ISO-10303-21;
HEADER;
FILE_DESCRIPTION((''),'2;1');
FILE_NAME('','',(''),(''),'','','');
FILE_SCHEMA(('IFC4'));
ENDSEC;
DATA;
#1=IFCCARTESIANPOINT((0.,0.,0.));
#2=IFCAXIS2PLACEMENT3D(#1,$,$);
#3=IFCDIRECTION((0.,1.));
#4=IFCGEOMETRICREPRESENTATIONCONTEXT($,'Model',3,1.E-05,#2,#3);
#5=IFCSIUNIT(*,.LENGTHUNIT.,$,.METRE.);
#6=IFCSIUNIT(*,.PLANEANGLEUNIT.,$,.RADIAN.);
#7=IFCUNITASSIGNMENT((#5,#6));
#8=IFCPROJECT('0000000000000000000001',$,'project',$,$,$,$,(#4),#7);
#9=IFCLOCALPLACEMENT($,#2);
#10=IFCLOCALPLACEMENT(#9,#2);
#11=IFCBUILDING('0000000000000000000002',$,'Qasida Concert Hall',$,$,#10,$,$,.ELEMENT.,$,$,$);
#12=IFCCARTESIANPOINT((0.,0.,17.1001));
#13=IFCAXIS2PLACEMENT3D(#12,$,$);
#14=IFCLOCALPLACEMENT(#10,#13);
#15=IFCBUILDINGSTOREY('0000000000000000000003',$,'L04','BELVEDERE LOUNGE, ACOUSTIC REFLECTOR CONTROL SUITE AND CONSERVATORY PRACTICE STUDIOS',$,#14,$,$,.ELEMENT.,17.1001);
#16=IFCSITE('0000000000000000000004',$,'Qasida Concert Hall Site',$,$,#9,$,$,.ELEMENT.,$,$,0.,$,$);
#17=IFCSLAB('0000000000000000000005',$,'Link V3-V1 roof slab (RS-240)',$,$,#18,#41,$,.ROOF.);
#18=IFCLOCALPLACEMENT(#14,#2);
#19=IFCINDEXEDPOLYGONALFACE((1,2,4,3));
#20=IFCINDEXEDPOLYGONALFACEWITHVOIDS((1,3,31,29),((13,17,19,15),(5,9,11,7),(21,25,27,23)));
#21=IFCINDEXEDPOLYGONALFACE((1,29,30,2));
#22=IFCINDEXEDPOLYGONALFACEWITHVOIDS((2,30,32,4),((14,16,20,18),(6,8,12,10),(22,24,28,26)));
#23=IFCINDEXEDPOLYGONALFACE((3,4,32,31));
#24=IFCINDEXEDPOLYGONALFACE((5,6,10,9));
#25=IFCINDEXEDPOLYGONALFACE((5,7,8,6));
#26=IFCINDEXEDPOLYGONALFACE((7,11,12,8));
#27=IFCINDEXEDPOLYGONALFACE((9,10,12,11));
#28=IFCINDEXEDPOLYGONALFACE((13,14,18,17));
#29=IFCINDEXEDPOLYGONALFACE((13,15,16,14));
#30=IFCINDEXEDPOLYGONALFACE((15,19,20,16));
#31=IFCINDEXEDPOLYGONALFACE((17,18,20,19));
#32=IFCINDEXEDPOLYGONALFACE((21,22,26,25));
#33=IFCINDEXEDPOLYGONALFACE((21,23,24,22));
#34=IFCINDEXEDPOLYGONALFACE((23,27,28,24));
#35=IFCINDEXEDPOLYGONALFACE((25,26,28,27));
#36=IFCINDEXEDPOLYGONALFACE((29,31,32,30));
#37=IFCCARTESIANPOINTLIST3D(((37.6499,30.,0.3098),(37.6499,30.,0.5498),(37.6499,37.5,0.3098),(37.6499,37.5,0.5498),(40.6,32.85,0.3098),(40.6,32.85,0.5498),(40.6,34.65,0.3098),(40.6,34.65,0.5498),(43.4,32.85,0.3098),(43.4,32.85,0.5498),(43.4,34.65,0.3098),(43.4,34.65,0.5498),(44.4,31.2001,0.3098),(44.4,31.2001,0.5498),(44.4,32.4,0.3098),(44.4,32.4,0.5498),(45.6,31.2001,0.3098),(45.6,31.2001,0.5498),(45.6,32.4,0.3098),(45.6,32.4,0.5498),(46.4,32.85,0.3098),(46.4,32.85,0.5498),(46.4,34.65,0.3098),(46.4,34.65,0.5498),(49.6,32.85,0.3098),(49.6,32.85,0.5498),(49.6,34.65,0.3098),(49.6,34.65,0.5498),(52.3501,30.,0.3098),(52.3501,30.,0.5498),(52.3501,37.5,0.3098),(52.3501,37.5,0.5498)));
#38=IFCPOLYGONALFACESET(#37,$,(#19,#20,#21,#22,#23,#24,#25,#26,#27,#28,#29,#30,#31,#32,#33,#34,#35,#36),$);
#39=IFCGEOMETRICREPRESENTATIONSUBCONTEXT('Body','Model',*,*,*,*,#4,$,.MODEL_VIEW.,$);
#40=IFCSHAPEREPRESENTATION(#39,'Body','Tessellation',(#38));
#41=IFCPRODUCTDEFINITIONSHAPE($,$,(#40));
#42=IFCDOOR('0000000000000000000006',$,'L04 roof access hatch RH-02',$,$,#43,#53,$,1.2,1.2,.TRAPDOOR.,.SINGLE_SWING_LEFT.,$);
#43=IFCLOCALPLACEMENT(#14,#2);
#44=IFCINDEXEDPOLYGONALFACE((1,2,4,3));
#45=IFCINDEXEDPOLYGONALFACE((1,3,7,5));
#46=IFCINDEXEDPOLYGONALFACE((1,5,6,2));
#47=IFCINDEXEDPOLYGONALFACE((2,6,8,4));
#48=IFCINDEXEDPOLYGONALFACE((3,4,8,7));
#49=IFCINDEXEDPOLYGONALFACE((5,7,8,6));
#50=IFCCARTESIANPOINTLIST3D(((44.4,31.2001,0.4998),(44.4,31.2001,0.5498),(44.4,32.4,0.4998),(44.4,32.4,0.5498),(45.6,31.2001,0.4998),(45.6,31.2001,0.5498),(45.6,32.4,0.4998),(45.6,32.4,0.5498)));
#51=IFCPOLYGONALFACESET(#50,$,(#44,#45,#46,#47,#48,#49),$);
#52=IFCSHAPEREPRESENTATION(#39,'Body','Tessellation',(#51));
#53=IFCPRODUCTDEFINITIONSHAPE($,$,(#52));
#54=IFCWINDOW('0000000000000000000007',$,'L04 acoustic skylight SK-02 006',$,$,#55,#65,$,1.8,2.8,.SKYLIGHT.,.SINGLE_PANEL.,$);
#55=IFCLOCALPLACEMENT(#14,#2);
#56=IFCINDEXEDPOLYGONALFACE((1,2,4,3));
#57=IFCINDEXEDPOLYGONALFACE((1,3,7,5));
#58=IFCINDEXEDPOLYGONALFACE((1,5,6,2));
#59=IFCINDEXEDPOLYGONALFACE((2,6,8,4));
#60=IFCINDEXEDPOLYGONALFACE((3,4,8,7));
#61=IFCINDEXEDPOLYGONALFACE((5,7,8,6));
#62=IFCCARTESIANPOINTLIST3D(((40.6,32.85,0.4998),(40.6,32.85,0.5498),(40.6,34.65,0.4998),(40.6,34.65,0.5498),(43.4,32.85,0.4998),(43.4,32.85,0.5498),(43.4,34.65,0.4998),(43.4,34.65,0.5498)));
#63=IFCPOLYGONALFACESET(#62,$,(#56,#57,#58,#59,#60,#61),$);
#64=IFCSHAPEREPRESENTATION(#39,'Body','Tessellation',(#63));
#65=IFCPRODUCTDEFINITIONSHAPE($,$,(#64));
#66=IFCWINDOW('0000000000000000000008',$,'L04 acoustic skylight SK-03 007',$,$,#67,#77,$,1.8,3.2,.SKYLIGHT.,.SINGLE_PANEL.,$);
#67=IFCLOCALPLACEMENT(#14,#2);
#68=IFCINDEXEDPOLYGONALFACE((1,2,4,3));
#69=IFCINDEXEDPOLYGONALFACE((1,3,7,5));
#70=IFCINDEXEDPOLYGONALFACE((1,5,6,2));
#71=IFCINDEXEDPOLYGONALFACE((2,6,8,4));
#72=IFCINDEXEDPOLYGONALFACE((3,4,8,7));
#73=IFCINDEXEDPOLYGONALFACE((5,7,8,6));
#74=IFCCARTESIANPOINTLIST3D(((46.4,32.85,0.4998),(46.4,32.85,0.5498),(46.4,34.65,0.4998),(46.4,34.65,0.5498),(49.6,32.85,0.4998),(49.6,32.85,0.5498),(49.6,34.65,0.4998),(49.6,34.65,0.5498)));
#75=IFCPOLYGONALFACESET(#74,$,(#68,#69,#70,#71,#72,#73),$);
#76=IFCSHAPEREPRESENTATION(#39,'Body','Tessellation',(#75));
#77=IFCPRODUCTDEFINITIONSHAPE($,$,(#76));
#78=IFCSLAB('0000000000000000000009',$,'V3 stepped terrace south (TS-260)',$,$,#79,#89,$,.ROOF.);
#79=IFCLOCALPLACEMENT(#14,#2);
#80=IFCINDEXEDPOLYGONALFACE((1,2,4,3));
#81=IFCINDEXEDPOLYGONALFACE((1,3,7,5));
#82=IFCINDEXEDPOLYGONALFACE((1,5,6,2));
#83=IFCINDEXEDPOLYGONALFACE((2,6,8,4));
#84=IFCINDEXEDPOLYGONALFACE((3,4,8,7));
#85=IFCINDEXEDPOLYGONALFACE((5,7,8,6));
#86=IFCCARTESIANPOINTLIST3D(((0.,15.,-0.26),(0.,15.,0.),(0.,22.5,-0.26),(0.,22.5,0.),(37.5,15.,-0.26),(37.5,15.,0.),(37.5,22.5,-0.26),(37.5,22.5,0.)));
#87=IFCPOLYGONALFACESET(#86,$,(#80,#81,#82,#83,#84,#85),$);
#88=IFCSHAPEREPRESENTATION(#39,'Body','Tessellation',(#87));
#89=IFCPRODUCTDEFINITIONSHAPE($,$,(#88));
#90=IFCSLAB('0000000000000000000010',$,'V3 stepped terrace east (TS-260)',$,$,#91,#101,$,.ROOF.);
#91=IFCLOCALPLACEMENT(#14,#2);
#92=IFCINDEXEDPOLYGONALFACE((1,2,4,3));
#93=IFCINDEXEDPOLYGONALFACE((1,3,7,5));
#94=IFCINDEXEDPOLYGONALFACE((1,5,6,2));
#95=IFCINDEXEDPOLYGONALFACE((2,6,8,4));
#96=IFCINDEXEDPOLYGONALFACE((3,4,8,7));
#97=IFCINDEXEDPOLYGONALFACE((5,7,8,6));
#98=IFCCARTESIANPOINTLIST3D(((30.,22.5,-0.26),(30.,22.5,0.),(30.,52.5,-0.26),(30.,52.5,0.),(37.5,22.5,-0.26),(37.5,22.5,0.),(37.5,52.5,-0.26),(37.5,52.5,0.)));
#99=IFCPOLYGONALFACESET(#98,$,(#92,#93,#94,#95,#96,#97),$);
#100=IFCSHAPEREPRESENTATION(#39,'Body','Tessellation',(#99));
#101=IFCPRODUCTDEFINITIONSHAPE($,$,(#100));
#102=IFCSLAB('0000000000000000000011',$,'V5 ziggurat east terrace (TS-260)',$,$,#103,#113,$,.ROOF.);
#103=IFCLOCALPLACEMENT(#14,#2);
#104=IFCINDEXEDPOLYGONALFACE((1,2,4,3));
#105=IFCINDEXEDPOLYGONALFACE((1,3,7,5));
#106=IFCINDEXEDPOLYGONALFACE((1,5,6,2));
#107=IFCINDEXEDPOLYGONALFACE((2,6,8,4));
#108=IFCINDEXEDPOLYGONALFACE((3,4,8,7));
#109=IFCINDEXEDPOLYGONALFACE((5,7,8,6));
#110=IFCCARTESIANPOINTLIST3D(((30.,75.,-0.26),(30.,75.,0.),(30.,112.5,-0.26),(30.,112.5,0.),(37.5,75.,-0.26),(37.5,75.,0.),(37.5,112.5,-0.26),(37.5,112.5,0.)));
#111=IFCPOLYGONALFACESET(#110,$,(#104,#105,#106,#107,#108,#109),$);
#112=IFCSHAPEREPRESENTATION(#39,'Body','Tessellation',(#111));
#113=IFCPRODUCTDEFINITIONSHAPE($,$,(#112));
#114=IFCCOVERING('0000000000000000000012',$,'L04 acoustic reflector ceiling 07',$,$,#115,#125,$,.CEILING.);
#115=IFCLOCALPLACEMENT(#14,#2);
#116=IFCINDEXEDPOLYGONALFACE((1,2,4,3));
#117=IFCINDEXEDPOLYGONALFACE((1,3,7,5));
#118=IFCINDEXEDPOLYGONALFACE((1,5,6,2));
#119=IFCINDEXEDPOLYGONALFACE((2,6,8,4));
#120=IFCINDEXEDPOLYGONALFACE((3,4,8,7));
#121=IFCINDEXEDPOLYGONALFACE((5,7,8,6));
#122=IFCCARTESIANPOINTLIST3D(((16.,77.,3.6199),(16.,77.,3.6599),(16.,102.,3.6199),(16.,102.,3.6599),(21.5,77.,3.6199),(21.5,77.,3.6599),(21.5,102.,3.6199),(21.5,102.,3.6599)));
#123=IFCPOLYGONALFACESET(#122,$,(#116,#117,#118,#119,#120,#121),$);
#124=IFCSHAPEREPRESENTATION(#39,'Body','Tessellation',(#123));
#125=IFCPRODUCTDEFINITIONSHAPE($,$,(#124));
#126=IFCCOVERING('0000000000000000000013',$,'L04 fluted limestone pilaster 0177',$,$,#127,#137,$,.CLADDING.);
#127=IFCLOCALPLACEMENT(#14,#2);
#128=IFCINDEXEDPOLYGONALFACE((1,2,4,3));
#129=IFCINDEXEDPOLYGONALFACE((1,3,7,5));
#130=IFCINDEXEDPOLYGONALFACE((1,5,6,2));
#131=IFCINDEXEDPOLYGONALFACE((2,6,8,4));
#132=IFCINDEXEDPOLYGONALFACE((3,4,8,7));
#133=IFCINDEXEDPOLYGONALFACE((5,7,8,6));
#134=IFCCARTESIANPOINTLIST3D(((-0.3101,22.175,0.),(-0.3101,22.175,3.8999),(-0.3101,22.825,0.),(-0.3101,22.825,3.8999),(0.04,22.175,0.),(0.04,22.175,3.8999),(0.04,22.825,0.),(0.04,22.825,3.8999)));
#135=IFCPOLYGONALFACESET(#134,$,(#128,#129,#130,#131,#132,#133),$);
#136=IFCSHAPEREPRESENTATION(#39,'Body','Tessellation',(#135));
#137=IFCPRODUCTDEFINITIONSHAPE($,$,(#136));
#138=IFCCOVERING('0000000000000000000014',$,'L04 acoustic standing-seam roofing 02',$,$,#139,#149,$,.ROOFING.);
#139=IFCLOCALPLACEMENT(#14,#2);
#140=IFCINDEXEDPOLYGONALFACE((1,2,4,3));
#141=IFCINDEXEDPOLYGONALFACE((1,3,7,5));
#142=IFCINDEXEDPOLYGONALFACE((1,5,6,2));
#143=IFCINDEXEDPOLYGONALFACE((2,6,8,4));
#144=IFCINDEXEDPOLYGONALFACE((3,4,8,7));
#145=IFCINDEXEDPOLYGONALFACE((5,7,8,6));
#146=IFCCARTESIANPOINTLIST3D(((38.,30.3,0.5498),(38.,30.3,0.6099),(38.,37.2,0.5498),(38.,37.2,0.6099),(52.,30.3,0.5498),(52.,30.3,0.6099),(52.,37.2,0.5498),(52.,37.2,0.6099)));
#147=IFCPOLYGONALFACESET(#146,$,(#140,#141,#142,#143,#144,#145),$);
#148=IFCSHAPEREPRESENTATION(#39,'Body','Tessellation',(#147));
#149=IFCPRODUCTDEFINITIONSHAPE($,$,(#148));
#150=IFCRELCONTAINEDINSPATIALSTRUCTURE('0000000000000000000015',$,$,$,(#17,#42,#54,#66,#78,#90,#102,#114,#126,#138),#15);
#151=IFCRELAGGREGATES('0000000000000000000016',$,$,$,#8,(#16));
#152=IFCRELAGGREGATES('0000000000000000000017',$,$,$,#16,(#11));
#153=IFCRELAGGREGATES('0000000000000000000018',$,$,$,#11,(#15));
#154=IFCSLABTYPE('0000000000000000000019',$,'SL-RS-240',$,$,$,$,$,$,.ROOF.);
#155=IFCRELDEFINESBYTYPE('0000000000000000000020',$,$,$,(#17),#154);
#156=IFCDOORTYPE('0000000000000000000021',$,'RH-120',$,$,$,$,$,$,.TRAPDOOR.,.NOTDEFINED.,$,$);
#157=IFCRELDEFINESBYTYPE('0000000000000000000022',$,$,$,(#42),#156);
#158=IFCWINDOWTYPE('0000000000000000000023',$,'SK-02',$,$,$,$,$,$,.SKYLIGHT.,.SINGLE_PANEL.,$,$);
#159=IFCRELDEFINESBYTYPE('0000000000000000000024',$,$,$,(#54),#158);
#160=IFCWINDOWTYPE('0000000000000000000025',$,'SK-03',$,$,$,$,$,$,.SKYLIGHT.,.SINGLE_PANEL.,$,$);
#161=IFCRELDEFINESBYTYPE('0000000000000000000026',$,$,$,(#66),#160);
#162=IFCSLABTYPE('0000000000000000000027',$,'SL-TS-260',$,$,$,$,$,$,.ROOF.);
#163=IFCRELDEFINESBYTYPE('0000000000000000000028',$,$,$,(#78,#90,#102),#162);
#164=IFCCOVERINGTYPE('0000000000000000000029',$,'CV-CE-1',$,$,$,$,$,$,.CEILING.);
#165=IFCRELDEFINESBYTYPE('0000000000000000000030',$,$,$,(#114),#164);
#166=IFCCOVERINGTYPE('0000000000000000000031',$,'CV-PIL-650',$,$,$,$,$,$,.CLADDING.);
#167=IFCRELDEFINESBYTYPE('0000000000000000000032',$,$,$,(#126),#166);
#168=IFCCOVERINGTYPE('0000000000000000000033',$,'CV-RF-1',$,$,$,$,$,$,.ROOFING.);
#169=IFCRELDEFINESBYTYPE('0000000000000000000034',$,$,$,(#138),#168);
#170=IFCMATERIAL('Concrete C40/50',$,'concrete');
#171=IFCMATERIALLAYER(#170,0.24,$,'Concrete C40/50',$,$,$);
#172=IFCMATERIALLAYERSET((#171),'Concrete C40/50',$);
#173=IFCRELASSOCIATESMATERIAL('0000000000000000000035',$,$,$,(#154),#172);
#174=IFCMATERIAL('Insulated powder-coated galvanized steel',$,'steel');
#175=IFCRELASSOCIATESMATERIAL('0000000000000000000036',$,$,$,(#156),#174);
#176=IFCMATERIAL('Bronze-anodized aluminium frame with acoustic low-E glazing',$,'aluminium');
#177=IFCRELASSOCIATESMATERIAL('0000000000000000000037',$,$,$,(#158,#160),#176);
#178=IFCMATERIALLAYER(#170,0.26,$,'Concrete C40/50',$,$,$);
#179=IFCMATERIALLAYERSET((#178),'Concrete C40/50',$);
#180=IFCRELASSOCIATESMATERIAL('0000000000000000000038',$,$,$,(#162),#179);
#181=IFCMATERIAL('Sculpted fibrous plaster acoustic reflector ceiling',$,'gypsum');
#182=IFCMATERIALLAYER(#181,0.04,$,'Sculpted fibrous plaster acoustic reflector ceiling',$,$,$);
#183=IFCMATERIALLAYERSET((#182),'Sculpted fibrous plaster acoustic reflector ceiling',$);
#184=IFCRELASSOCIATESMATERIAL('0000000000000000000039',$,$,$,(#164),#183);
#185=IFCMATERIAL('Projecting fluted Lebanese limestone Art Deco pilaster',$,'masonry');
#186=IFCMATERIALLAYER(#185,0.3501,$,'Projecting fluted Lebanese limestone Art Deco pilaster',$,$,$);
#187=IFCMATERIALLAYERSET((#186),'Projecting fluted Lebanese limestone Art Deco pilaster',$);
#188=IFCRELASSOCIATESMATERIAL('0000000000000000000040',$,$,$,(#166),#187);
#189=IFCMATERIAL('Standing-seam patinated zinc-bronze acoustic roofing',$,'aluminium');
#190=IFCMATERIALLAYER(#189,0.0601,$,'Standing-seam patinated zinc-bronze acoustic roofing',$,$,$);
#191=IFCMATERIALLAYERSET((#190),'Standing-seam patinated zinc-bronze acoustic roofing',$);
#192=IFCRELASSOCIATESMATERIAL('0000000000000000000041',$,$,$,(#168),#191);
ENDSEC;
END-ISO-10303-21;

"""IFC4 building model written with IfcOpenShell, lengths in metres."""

from ifc_helpers import new_model, si_unit, direction, frame, origin, origin_2d, place, context, subcontext, project, spatial, polyline, rectangle, outline, extrude, material, layer, layer_set, type_object, element, fill, save


model = new_model("IFC4")

# Units and contexts
model_context = context("Model", 3, precision=1e-05, world=origin(), true_north=direction((0.0, 1.0)))
body_context = subcontext(model_context, "Body", "Model", "MODEL_VIEW")
ifc_project = project(units=[si_unit("LENGTHUNIT", "METRE"), si_unit("PLANEANGLEUNIT", "RADIAN")], contexts=[model_context])

# Site, building, storey
site_placement = place(None, origin())
site = spatial("IfcSite", under=ifc_project, at=site_placement, Name="Qasida Concert Hall Site", CompositionType="ELEMENT", RefElevation=0.0)
building_placement = place(site_placement, origin())
building = spatial("IfcBuilding", under=site, at=building_placement, Name="Qasida Concert Hall", CompositionType="ELEMENT")
storey_placement = place(building_placement, frame((0.0, 0.0, 17.1001)))
storey = spatial("IfcBuildingStorey", under=building, at=storey_placement, Name="L04", Description="BELVEDERE LOUNGE, ACOUSTIC REFLECTOR CONTROL SUITE AND CONSERVATORY PRACTICE STUDIOS", CompositionType="ELEMENT", Elevation=17.1001)

# Shared definitions
ifc_material_1 = material(Name="Concrete C40/50", Category="concrete")

# Slab, openings, door, windows
ifc_layer_1 = layer(ifc_material_1, 0.24, Name="Concrete C40/50")
ifc_layer_set_1 = layer_set([ifc_layer_1], Name="Concrete C40/50")
slab_type_1 = type_object("IfcSlabType", Name="SL-RS-240", PredefinedType="ROOF", material=ifc_layer_set_1)
slab_1_placement = place(storey_placement, frame((0.0, 0.0, 0.3098)))
slab_1 = element("IfcSlab", 1, at=slab_1_placement, inside=storey, type_object=slab_type_1, Name="Link V3-V1 roof slab (RS-240)", PredefinedType="ROOF", context=body_context, shape_type="SweptSolid", body=[
    extrude(outline(polyline([(37.6499, 30.0), (52.3501, 30.0), (52.3501, 37.5), (37.6499, 37.5), (37.6499, 30.0)])), origin(), (0.0, 0.0, 1.0), 0.24),
])
opening_1_placement = place(slab_1_placement, frame((42.0, 33.75, -0.01)))
opening_1 = element("IfcOpeningElement", 2, at=opening_1_placement, cuts=slab_1, PredefinedType="OPENING", context=body_context, shape_type="SweptSolid", body=[
    extrude(rectangle(XDim=2.8, YDim=1.8, at=origin_2d()), origin(), (0.0, 0.0, 1.0), 0.26),
])
opening_2_placement = place(slab_1_placement, frame((48.0, 33.75, -0.01)))
opening_2 = element("IfcOpeningElement", 3, at=opening_2_placement, cuts=slab_1, PredefinedType="OPENING", context=body_context, shape_type="SweptSolid", body=[
    extrude(rectangle(XDim=3.2, YDim=1.8, at=origin_2d()), origin(), (0.0, 0.0, 1.0), 0.26),
])
opening_3_placement = place(slab_1_placement, frame((45.0, 31.8, -0.01)))
opening_3 = element("IfcOpeningElement", 4, at=opening_3_placement, cuts=slab_1, PredefinedType="OPENING", context=body_context, shape_type="SweptSolid", body=[
    extrude(rectangle(XDim=1.2, YDim=1.2, at=origin_2d()), origin(), (0.0, 0.0, 1.0), 0.26),
])
ifc_material_2 = material(Name="Insulated powder-coated galvanized steel", Category="steel")
door_type = type_object("IfcDoorType", Name="RH-120", OperationType="NOTDEFINED", PredefinedType="TRAPDOOR", material=ifc_material_2)
door_placement = place(storey_placement, frame((45.0, 31.8, 0.4998)))
door = element("IfcDoor", 5, at=door_placement, inside=storey, type_object=door_type, Name="L04 roof access hatch RH-02", OperationType="SINGLE_SWING_LEFT", OverallHeight=1.2, OverallWidth=1.2, PredefinedType="TRAPDOOR", context=body_context, shape_type="SweptSolid", body=[
    extrude(rectangle(XDim=1.2, YDim=1.2, at=origin_2d()), origin(), (0.0, 0.0, 1.0), 0.05),
])
fill(opening_3, door)
ifc_material_3 = material(Name="Bronze-anodized aluminium frame with acoustic low-E glazing", Category="aluminium")
window_type_1 = type_object("IfcWindowType", Name="SK-02", PartitioningType="SINGLE_PANEL", PredefinedType="SKYLIGHT", material=ifc_material_3)
window_1_placement = place(storey_placement, frame((42.0, 33.75, 0.4998)))
window_1 = element("IfcWindow", 6, at=window_1_placement, inside=storey, type_object=window_type_1, Name="L04 acoustic skylight SK-02 006", OverallHeight=1.8, OverallWidth=2.8, PartitioningType="SINGLE_PANEL", PredefinedType="SKYLIGHT", context=body_context, shape_type="SweptSolid", body=[
    extrude(rectangle(XDim=2.8, YDim=1.8, at=origin_2d()), origin(), (0.0, 0.0, 1.0), 0.05),
])
fill(opening_1, window_1)
window_type_2 = type_object("IfcWindowType", Name="SK-03", PartitioningType="SINGLE_PANEL", PredefinedType="SKYLIGHT", material=ifc_material_3)
window_2_placement = place(storey_placement, frame((48.0, 33.75, 0.4998)))
window_2 = element("IfcWindow", 7, at=window_2_placement, inside=storey, type_object=window_type_2, Name="L04 acoustic skylight SK-03 007", OverallHeight=1.8, OverallWidth=3.2, PartitioningType="SINGLE_PANEL", PredefinedType="SKYLIGHT", context=body_context, shape_type="SweptSolid", body=[
    extrude(rectangle(XDim=3.2, YDim=1.8, at=origin_2d()), origin(), (0.0, 0.0, 1.0), 0.05),
])
fill(opening_2, window_2)

# Slabs
ifc_layer_2 = layer(ifc_material_1, 0.26, Name="Concrete C40/50")
ifc_layer_set_2 = layer_set([ifc_layer_2], Name="Concrete C40/50")
slab_type_2 = type_object("IfcSlabType", Name="SL-TS-260", PredefinedType="ROOF", material=ifc_layer_set_2)
slab_2_placement = place(storey_placement, frame((0.0, 0.0, -0.26)))
element("IfcSlab", 8, at=slab_2_placement, inside=storey, type_object=slab_type_2, Name="V3 stepped terrace south (TS-260)", PredefinedType="ROOF", context=body_context, shape_type="SweptSolid", body=[
    extrude(outline(polyline([(0.0, 15.0), (37.5, 15.0), (37.5, 22.5), (0.0, 22.5), (0.0, 15.0)])), origin(), (0.0, 0.0, 1.0), 0.26),
])
slab_3_placement = place(storey_placement, frame((0.0, 0.0, -0.26)))
element("IfcSlab", 9, at=slab_3_placement, inside=storey, type_object=slab_type_2, Name="V3 stepped terrace east (TS-260)", PredefinedType="ROOF", context=body_context, shape_type="SweptSolid", body=[
    extrude(outline(polyline([(30.0, 22.5), (37.5, 22.5), (37.5, 52.5), (30.0, 52.5), (30.0, 22.5)])), origin(), (0.0, 0.0, 1.0), 0.26),
])
slab_4_placement = place(storey_placement, frame((0.0, 0.0, -0.26)))
element("IfcSlab", 10, at=slab_4_placement, inside=storey, type_object=slab_type_2, Name="V5 ziggurat east terrace (TS-260)", PredefinedType="ROOF", context=body_context, shape_type="SweptSolid", body=[
    extrude(outline(polyline([(30.0, 75.0), (37.5, 75.0), (37.5, 112.5), (30.0, 112.5), (30.0, 75.0)])), origin(), (0.0, 0.0, 1.0), 0.26),
])

# Coverings
ifc_material_4 = material(Name="Sculpted fibrous plaster acoustic reflector ceiling", Category="gypsum")
ifc_layer_3 = layer(ifc_material_4, 0.04, Name="Sculpted fibrous plaster acoustic reflector ceiling")
ifc_layer_set_3 = layer_set([ifc_layer_3], Name="Sculpted fibrous plaster acoustic reflector ceiling")
covering_type_1 = type_object("IfcCoveringType", Name="CV-CE-1", PredefinedType="CEILING", material=ifc_layer_set_3)
covering_1_placement = place(storey_placement, frame((0.0, 0.0, 3.6199)))
element("IfcCovering", 11, at=covering_1_placement, inside=storey, type_object=covering_type_1, Name="L04 acoustic reflector ceiling 07", PredefinedType="CEILING", context=body_context, shape_type="SweptSolid", body=[
    extrude(outline(polyline([(16.0, 77.0), (21.5, 77.0), (21.5, 102.0), (16.0, 102.0), (16.0, 77.0)])), origin(), (0.0, 0.0, 1.0), 0.04),
])
ifc_material_5 = material(Name="Projecting fluted Lebanese limestone Art Deco pilaster", Category="masonry")
ifc_layer_4 = layer(ifc_material_5, 0.3501, Name="Projecting fluted Lebanese limestone Art Deco pilaster")
ifc_layer_set_4 = layer_set([ifc_layer_4], Name="Projecting fluted Lebanese limestone Art Deco pilaster")
covering_type_2 = type_object("IfcCoveringType", Name="CV-PIL-650", PredefinedType="CLADDING", material=ifc_layer_set_4)
covering_2_placement = place(storey_placement, frame((-0.135, 22.5, 0.0), z_axis=(0.0, 0.0, 1.0), x_axis=(1.0, 0.0, 0.0)))
element("IfcCovering", 12, at=covering_2_placement, inside=storey, type_object=covering_type_2, Name="L04 fluted limestone pilaster 0177", PredefinedType="CLADDING", context=body_context, shape_type="SweptSolid", body=[
    extrude(rectangle(XDim=0.3501, YDim=0.6499, at=origin_2d()), origin(), (0.0, 0.0, 1.0), 3.8999),
])
ifc_material_6 = material(Name="Standing-seam patinated zinc-bronze acoustic roofing", Category="aluminium")
ifc_layer_5 = layer(ifc_material_6, 0.0601, Name="Standing-seam patinated zinc-bronze acoustic roofing")
ifc_layer_set_5 = layer_set([ifc_layer_5], Name="Standing-seam patinated zinc-bronze acoustic roofing")
covering_type_3 = type_object("IfcCoveringType", Name="CV-RF-1", PredefinedType="ROOFING", material=ifc_layer_set_5)
covering_3_placement = place(storey_placement, frame((0.0, 0.0, 0.5498)))
element("IfcCovering", 13, at=covering_3_placement, inside=storey, type_object=covering_type_3, Name="L04 acoustic standing-seam roofing 02", PredefinedType="ROOFING", context=body_context, shape_type="SweptSolid", body=[
    extrude(outline(polyline([(38.0, 30.3), (52.0, 30.3), (52.0, 37.2), (38.0, 37.2), (38.0, 30.3)])), origin(), (0.0, 0.0, 1.0), 0.0601),
])

save(model, "model.ifc")
